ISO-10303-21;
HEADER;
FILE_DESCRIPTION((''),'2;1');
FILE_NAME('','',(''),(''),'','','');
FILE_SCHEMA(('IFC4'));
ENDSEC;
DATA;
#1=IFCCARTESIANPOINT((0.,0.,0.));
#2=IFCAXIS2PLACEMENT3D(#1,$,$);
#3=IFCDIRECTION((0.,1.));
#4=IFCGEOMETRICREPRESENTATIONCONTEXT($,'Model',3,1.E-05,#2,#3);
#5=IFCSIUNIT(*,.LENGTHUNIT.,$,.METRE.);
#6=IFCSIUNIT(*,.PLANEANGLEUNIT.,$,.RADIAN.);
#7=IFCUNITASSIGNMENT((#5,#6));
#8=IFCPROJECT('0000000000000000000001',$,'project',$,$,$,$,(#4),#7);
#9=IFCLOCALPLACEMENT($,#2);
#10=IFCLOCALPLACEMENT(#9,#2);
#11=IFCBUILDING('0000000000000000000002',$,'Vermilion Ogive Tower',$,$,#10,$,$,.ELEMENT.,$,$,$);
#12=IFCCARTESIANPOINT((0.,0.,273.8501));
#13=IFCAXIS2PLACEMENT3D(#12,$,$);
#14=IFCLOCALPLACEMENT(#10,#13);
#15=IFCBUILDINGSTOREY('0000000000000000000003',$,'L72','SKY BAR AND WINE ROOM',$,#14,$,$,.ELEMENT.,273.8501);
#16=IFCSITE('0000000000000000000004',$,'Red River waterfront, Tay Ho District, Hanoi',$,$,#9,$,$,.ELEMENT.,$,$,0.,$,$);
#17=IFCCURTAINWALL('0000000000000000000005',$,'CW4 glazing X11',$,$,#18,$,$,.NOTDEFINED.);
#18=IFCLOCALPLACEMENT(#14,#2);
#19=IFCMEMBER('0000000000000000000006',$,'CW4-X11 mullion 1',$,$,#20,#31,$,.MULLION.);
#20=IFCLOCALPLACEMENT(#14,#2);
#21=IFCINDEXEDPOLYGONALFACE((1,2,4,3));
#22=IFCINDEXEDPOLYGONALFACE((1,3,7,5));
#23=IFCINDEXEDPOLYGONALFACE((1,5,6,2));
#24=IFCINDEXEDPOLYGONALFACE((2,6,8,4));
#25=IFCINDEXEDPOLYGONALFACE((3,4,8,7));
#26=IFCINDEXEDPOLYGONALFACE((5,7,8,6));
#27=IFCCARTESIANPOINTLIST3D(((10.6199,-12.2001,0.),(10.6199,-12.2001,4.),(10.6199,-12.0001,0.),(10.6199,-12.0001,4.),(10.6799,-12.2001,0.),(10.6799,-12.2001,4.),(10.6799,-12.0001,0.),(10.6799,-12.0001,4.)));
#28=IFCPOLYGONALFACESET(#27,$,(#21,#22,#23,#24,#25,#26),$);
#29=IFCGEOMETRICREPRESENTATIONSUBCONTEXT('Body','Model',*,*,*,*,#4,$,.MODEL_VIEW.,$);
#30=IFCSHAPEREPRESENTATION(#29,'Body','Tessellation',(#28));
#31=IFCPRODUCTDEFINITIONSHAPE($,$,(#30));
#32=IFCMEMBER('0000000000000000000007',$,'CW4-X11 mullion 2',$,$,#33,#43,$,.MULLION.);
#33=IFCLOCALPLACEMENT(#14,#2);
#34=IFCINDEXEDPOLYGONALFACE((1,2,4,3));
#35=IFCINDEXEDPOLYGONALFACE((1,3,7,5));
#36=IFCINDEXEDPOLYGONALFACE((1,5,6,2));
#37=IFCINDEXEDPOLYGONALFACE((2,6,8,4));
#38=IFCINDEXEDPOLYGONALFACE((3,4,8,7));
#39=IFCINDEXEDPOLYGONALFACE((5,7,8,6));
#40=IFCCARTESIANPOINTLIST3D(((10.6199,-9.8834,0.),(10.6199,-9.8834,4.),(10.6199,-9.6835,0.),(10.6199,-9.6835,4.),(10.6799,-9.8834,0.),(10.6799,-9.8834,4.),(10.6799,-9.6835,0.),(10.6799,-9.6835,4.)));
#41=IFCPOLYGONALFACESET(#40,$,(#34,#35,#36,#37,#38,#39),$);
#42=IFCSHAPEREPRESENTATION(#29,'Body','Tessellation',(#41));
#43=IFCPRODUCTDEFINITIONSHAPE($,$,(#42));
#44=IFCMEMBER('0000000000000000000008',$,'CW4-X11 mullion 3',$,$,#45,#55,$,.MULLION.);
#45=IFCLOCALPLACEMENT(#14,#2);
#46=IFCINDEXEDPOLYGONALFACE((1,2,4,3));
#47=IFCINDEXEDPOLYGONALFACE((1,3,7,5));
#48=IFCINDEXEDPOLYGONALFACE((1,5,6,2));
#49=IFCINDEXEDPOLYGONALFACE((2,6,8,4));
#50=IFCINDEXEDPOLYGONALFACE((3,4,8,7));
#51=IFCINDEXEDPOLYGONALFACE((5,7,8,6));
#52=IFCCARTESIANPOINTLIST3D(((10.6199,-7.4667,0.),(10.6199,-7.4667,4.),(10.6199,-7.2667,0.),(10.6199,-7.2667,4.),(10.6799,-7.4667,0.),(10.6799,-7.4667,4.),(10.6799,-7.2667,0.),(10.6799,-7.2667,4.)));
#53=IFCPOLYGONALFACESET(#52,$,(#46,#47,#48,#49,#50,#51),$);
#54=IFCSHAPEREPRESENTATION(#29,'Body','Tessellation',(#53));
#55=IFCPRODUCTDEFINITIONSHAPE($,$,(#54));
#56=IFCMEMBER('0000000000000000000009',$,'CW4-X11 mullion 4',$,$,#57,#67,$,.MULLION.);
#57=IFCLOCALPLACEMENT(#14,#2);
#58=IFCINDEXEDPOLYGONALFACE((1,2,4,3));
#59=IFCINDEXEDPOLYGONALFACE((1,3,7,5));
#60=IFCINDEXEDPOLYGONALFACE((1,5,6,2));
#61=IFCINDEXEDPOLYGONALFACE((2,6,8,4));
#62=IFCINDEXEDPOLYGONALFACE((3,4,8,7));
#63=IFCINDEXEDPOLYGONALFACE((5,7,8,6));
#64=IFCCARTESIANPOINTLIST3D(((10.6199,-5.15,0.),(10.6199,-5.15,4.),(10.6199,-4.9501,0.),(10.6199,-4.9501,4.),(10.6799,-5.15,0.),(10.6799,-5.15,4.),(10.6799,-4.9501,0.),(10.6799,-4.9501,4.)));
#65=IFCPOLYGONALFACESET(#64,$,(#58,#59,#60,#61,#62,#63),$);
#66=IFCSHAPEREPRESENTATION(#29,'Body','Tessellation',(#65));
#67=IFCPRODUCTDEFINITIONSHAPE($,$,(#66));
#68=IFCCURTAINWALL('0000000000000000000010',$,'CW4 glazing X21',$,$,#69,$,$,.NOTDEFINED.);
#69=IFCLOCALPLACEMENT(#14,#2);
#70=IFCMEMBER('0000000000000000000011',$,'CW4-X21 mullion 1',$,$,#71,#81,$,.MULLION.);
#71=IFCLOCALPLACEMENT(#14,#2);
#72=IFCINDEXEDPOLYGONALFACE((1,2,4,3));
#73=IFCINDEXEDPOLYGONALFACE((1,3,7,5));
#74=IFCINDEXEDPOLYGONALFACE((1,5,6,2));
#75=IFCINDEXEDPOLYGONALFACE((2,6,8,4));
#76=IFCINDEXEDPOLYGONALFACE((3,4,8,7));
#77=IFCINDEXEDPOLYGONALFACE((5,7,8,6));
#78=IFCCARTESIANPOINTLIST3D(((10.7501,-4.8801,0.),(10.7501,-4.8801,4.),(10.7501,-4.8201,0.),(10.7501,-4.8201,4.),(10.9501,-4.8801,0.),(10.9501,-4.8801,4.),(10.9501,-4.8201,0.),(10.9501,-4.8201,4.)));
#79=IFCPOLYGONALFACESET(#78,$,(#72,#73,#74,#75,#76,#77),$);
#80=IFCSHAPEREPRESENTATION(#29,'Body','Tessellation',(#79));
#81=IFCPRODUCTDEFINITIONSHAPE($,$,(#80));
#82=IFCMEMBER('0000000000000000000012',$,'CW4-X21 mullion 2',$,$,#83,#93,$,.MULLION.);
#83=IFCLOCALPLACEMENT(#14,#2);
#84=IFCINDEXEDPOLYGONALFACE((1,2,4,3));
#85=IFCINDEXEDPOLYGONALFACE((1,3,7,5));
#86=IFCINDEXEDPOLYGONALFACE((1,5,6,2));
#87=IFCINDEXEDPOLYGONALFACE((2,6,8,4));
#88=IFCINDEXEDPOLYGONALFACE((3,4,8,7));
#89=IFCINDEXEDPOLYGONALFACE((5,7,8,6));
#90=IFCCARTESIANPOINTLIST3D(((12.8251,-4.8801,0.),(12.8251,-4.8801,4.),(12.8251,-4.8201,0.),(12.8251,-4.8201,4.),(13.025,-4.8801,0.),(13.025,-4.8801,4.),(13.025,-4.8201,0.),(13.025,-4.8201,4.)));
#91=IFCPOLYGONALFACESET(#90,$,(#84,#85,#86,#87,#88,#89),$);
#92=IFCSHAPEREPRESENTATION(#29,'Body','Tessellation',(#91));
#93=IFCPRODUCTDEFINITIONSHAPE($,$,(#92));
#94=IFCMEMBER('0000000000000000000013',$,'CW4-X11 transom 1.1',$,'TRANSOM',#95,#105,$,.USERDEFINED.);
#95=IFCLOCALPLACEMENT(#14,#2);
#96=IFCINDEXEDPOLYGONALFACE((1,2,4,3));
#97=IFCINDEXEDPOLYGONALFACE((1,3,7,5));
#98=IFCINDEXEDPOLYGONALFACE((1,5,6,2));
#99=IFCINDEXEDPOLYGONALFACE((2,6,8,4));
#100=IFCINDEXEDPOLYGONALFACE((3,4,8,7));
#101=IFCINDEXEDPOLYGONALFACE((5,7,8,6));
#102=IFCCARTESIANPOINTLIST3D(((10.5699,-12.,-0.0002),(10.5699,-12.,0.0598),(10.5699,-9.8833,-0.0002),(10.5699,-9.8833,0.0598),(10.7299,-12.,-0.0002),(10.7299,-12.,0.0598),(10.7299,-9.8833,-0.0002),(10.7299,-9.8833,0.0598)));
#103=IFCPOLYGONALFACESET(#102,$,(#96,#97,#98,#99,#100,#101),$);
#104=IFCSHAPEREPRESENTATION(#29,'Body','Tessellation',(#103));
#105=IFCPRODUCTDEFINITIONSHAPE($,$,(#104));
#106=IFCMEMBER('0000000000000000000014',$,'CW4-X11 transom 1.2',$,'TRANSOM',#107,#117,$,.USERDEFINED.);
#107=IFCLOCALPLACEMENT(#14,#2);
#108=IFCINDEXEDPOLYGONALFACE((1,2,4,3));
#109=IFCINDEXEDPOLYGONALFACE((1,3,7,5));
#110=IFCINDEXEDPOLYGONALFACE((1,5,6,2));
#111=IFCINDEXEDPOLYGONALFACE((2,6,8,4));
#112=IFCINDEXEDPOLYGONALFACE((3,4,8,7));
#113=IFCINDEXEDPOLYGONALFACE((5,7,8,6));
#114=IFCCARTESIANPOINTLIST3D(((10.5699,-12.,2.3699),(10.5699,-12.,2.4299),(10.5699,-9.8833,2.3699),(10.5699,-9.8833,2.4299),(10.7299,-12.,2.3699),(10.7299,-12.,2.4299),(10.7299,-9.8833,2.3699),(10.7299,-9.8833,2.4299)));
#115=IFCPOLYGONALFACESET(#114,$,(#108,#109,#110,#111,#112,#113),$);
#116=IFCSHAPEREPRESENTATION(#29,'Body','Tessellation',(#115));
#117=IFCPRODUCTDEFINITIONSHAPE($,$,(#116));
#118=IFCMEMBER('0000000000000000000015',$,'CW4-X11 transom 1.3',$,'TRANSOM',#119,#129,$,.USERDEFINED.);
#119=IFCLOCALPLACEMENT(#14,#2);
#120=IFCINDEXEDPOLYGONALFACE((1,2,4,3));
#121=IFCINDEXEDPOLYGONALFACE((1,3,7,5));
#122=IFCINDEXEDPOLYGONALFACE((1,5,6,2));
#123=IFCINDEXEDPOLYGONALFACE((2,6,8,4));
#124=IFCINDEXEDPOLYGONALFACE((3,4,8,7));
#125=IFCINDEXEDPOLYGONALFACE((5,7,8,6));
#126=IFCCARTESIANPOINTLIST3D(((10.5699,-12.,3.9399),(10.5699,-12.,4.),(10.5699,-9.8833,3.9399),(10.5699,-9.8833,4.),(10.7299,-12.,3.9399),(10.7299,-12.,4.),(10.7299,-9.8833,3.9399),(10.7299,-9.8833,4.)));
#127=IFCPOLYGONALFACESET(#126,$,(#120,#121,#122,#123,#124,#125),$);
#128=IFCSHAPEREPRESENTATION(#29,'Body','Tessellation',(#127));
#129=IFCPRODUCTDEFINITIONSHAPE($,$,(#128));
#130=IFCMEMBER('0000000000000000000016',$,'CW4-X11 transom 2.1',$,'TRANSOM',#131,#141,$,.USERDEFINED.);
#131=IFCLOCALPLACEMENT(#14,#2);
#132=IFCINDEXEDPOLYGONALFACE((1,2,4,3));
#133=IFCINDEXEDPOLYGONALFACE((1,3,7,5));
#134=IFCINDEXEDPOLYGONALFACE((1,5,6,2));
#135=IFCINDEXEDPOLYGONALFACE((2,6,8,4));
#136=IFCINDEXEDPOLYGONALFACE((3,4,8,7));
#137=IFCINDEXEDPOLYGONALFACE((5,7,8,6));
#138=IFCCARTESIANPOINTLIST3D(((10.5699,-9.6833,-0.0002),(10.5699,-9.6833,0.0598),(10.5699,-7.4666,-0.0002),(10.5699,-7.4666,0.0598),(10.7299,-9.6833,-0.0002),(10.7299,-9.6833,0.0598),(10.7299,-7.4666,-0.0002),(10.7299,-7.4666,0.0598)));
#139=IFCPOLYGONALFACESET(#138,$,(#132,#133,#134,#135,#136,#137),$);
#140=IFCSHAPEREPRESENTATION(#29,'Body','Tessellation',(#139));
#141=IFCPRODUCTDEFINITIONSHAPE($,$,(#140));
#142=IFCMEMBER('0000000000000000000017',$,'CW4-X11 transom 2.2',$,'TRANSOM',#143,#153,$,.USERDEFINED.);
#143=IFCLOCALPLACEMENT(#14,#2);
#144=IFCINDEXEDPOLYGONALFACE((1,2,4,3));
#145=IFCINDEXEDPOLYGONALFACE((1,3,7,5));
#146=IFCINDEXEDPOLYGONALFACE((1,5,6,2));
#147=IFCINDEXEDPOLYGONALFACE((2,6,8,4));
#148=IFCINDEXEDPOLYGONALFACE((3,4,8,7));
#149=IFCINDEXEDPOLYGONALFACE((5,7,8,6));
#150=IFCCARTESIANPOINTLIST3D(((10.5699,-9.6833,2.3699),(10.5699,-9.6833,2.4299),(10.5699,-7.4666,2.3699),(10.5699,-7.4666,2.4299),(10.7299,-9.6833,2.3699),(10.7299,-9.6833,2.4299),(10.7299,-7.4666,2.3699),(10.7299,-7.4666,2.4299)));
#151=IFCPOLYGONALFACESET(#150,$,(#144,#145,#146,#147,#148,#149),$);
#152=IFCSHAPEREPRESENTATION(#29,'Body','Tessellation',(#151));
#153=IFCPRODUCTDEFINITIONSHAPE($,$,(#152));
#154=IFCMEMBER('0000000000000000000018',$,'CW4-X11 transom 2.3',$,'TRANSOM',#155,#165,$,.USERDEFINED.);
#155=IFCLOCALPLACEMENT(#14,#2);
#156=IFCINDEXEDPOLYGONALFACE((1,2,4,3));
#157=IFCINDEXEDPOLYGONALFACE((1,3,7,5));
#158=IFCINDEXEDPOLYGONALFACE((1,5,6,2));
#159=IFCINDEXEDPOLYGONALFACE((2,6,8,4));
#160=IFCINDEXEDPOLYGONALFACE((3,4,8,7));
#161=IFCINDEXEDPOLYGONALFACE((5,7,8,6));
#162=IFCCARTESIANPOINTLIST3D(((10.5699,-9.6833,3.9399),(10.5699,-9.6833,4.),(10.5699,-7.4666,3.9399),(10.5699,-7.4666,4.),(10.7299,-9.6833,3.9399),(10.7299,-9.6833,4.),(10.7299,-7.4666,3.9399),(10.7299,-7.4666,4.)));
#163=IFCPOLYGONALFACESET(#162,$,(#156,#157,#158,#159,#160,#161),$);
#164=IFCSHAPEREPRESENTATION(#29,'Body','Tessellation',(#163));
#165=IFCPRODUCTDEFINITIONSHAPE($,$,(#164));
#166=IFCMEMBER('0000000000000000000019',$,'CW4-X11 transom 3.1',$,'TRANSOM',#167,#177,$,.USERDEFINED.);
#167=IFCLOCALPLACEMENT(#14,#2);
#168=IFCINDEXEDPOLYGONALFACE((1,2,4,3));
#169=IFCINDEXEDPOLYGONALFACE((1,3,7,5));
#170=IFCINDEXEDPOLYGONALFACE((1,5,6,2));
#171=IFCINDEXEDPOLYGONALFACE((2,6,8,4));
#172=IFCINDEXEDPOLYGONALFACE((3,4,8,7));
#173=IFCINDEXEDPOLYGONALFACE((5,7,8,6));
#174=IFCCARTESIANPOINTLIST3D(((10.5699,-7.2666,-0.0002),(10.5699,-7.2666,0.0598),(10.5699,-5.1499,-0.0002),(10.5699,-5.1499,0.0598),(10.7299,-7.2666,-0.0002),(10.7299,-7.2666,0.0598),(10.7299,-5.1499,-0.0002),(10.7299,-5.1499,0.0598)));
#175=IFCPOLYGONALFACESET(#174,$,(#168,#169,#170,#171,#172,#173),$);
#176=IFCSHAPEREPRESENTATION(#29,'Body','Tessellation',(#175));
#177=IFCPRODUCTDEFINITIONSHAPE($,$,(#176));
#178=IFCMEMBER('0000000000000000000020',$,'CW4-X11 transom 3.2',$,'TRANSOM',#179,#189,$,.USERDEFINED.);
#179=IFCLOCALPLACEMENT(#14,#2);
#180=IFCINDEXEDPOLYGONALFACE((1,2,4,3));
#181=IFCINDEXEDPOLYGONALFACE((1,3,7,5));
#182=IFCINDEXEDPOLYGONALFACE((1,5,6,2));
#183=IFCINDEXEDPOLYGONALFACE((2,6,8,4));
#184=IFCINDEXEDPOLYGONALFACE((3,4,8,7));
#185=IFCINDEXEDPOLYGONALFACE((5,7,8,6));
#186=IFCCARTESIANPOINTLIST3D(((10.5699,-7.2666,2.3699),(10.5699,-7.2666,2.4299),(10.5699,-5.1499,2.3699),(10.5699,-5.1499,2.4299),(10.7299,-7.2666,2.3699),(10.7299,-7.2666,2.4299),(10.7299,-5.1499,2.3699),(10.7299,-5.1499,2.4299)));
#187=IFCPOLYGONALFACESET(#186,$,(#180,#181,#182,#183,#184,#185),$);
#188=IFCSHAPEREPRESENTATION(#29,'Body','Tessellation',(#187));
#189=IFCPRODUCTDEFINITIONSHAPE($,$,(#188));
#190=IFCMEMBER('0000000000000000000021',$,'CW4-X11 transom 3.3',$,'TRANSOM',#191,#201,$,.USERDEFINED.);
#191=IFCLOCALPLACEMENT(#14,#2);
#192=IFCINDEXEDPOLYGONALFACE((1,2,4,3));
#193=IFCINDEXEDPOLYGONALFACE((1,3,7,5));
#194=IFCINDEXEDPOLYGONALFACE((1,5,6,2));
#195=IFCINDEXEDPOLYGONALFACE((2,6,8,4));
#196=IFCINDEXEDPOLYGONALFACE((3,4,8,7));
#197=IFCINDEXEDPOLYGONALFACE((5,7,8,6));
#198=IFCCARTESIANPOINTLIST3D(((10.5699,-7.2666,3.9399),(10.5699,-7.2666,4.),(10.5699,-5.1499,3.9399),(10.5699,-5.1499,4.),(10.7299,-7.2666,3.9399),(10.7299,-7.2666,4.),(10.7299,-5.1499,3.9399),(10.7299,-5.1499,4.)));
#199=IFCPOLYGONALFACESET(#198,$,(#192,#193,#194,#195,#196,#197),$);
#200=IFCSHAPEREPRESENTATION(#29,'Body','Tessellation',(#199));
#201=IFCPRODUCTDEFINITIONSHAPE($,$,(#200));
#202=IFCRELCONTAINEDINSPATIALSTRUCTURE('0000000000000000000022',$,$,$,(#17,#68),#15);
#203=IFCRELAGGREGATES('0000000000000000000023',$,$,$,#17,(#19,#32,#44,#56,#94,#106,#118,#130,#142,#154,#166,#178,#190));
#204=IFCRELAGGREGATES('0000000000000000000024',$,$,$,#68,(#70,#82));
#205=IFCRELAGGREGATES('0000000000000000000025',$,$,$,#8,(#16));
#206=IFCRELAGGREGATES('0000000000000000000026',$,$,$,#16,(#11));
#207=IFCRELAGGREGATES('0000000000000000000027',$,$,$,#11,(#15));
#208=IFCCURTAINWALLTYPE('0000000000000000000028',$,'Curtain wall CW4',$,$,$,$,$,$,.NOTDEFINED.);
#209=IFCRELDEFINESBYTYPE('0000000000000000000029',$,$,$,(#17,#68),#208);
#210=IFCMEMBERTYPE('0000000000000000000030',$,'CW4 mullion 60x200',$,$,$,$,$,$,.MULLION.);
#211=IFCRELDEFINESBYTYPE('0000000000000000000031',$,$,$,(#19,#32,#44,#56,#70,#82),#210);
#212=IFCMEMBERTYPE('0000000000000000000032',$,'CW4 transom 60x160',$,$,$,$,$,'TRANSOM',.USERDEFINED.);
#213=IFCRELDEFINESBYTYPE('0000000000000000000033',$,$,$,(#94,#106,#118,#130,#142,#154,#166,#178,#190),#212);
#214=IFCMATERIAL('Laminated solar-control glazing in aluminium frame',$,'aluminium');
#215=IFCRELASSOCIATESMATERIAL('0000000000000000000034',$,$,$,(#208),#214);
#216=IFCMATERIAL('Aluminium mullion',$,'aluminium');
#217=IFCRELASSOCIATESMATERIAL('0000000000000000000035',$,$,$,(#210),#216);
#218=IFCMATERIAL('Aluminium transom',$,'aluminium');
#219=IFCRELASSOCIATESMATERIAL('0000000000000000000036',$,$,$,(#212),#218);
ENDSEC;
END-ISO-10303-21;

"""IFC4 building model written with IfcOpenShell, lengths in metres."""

from ifc_helpers import new_model, si_unit, direction, frame, origin, origin_2d, place, context, subcontext, project, spatial, rectangle, extrude, material, material_profile, profile_set, type_object, element, aggregate, save


model = new_model("IFC4")

# Units and contexts
model_context = context("Model", 3, precision=1e-05, world=origin(), true_north=direction((0.0, 1.0)))
body_context = subcontext(model_context, "Body", "Model", "MODEL_VIEW")
ifc_project = project(units=[si_unit("LENGTHUNIT", "METRE"), si_unit("PLANEANGLEUNIT", "RADIAN")], contexts=[model_context])

# Site, building, storey
site_placement = place(None, origin())
site = spatial("IfcSite", under=ifc_project, at=site_placement, Name="Red River waterfront, Tay Ho District, Hanoi", CompositionType="ELEMENT", RefElevation=0.0)
building_placement = place(site_placement, origin())
building = spatial("IfcBuilding", under=site, at=building_placement, Name="Vermilion Ogive Tower", CompositionType="ELEMENT")
storey_placement = place(building_placement, frame((0.0, 0.0, 273.8501)))
storey = spatial("IfcBuildingStorey", under=building, at=storey_placement, Name="L72", Description="SKY BAR AND WINE ROOM", CompositionType="ELEMENT", Elevation=273.8501)

# Curtain walls, members
ifc_material_1 = material(Name="Laminated solar-control glazing in aluminium frame", Category="aluminium")
curtain_wall_type = type_object("IfcCurtainWallType", Name="Curtain wall CW4", PredefinedType="NOTDEFINED", material=ifc_material_1)
curtain_wall_1_placement = place(storey_placement, origin())
curtain_wall_1 = element("IfcCurtainWall", 1, at=curtain_wall_1_placement, inside=storey, type_object=curtain_wall_type, Name="CW4 glazing X11", PredefinedType="NOTDEFINED")
ifc_material_2 = material(Name="Aluminium mullion", Category="aluminium")
ifc_material_profile_1 = material_profile(ifc_material_2, rectangle(XDim=0.0601, YDim=0.2, at=origin_2d()), Name="AL 60x200")
ifc_profile_set_1 = profile_set([ifc_material_profile_1], Name="Aluminium mullion")
member_type_1 = type_object("IfcMemberType", Name="CW4 mullion 60x200", PredefinedType="MULLION", material=ifc_profile_set_1)
member_1_placement = place(storey_placement, frame((10.6499, -12.1001, 0.0), z_axis=(0.0, 0.0, 1.0), x_axis=(-1.0, 0.0, 0.0)))
member_1 = element("IfcMember", 2, at=member_1_placement, type_object=member_type_1, Name="CW4-X11 mullion 1", PredefinedType="MULLION", context=body_context, shape_type="SweptSolid", body=[
    extrude(rectangle(XDim=0.0601, YDim=0.2, at=origin_2d()), origin(), (0.0, 0.0, 1.0), 4.0),
])
member_2_placement = place(storey_placement, frame((10.6499, -9.7834, 0.0), z_axis=(0.0, 0.0, 1.0), x_axis=(-1.0, 0.0, 0.0)))
member_2 = element("IfcMember", 3, at=member_2_placement, type_object=member_type_1, Name="CW4-X11 mullion 2", PredefinedType="MULLION", context=body_context, shape_type="SweptSolid", body=[
    extrude(rectangle(XDim=0.0601, YDim=0.2, at=origin_2d()), origin(), (0.0, 0.0, 1.0), 4.0),
])
member_3_placement = place(storey_placement, frame((10.6499, -7.3667, 0.0), z_axis=(0.0, 0.0, 1.0), x_axis=(-1.0, 0.0, 0.0)))
member_3 = element("IfcMember", 4, at=member_3_placement, type_object=member_type_1, Name="CW4-X11 mullion 3", PredefinedType="MULLION", context=body_context, shape_type="SweptSolid", body=[
    extrude(rectangle(XDim=0.0601, YDim=0.2, at=origin_2d()), origin(), (0.0, 0.0, 1.0), 4.0),
])
member_4_placement = place(storey_placement, frame((10.6499, -5.05, 0.0), z_axis=(0.0, 0.0, 1.0), x_axis=(-1.0, 0.0, 0.0)))
member_4 = element("IfcMember", 5, at=member_4_placement, type_object=member_type_1, Name="CW4-X11 mullion 4", PredefinedType="MULLION", context=body_context, shape_type="SweptSolid", body=[
    extrude(rectangle(XDim=0.0601, YDim=0.2, at=origin_2d()), origin(), (0.0, 0.0, 1.0), 4.0),
])
curtain_wall_2_placement = place(storey_placement, origin())
curtain_wall_2 = element("IfcCurtainWall", 6, at=curtain_wall_2_placement, inside=storey, type_object=curtain_wall_type, Name="CW4 glazing X21", PredefinedType="NOTDEFINED")
member_5_placement = place(storey_placement, frame((10.8501, -4.8501, 0.0), z_axis=(0.0, 0.0, 1.0), x_axis=(0.0, 1.0, 0.0)))
member_5 = element("IfcMember", 7, at=member_5_placement, type_object=member_type_1, Name="CW4-X21 mullion 1", PredefinedType="MULLION", context=body_context, shape_type="SweptSolid", body=[
    extrude(rectangle(XDim=0.0601, YDim=0.2, at=origin_2d()), origin(), (0.0, 0.0, 1.0), 4.0),
])
member_6_placement = place(storey_placement, frame((12.925, -4.8501, 0.0), z_axis=(0.0, 0.0, 1.0), x_axis=(0.0, 1.0, 0.0)))
member_6 = element("IfcMember", 8, at=member_6_placement, type_object=member_type_1, Name="CW4-X21 mullion 2", PredefinedType="MULLION", context=body_context, shape_type="SweptSolid", body=[
    extrude(rectangle(XDim=0.0601, YDim=0.2, at=origin_2d()), origin(), (0.0, 0.0, 1.0), 4.0),
])

# Members
ifc_material_3 = material(Name="Aluminium transom", Category="aluminium")
ifc_material_profile_2 = material_profile(ifc_material_3, rectangle(XDim=0.1599, YDim=0.0601, at=origin_2d()), Name="AL 60x160")
ifc_profile_set_2 = profile_set([ifc_material_profile_2], Name="Aluminium transom")
member_type_2 = type_object("IfcMemberType", Name="CW4 transom 60x160", ElementType="TRANSOM", PredefinedType="USERDEFINED", material=ifc_profile_set_2)
member_7_placement = place(storey_placement, frame((10.6499, -12.0, 0.0298), z_axis=(0.0, 1.0, 0.0), x_axis=(-1.0, 0.0, 0.0)))
member_7 = element("IfcMember", 9, at=member_7_placement, type_object=member_type_2, Name="CW4-X11 transom 1.1", ObjectType="TRANSOM", PredefinedType="USERDEFINED", context=body_context, shape_type="SweptSolid", body=[
    extrude(rectangle(XDim=0.1599, YDim=0.0601, at=origin_2d()), origin(), (0.0, 0.0, 1.0), 2.1167),
])
member_8_placement = place(storey_placement, frame((10.6499, -12.0, 2.3999), z_axis=(0.0, 1.0, 0.0), x_axis=(-1.0, 0.0, 0.0)))
member_8 = element("IfcMember", 10, at=member_8_placement, type_object=member_type_2, Name="CW4-X11 transom 1.2", ObjectType="TRANSOM", PredefinedType="USERDEFINED", context=body_context, shape_type="SweptSolid", body=[
    extrude(rectangle(XDim=0.1599, YDim=0.0601, at=origin_2d()), origin(), (0.0, 0.0, 1.0), 2.1167),
])
member_9_placement = place(storey_placement, frame((10.6499, -12.0, 3.97), z_axis=(0.0, 1.0, 0.0), x_axis=(-1.0, 0.0, 0.0)))
member_9 = element("IfcMember", 11, at=member_9_placement, type_object=member_type_2, Name="CW4-X11 transom 1.3", ObjectType="TRANSOM", PredefinedType="USERDEFINED", context=body_context, shape_type="SweptSolid", body=[
    extrude(rectangle(XDim=0.1599, YDim=0.0601, at=origin_2d()), origin(), (0.0, 0.0, 1.0), 2.1167),
])
member_10_placement = place(storey_placement, frame((10.6499, -9.6833, 0.0298), z_axis=(0.0, 1.0, 0.0), x_axis=(-1.0, 0.0, 0.0)))
member_10 = element("IfcMember", 12, at=member_10_placement, type_object=member_type_2, Name="CW4-X11 transom 2.1", ObjectType="TRANSOM", PredefinedType="USERDEFINED", context=body_context, shape_type="SweptSolid", body=[
    extrude(rectangle(XDim=0.1599, YDim=0.0601, at=origin_2d()), origin(), (0.0, 0.0, 1.0), 2.2168),
])
member_11_placement = place(storey_placement, frame((10.6499, -9.6833, 2.3999), z_axis=(0.0, 1.0, 0.0), x_axis=(-1.0, 0.0, 0.0)))
member_11 = element("IfcMember", 13, at=member_11_placement, type_object=member_type_2, Name="CW4-X11 transom 2.2", ObjectType="TRANSOM", PredefinedType="USERDEFINED", context=body_context, shape_type="SweptSolid", body=[
    extrude(rectangle(XDim=0.1599, YDim=0.0601, at=origin_2d()), origin(), (0.0, 0.0, 1.0), 2.2168),
])
member_12_placement = place(storey_placement, frame((10.6499, -9.6833, 3.97), z_axis=(0.0, 1.0, 0.0), x_axis=(-1.0, 0.0, 0.0)))
member_12 = element("IfcMember", 14, at=member_12_placement, type_object=member_type_2, Name="CW4-X11 transom 2.3", ObjectType="TRANSOM", PredefinedType="USERDEFINED", context=body_context, shape_type="SweptSolid", body=[
    extrude(rectangle(XDim=0.1599, YDim=0.0601, at=origin_2d()), origin(), (0.0, 0.0, 1.0), 2.2168),
])
member_13_placement = place(storey_placement, frame((10.6499, -7.2666, 0.0298), z_axis=(0.0, 1.0, 0.0), x_axis=(-1.0, 0.0, 0.0)))
member_13 = element("IfcMember", 15, at=member_13_placement, type_object=member_type_2, Name="CW4-X11 transom 3.1", ObjectType="TRANSOM", PredefinedType="USERDEFINED", context=body_context, shape_type="SweptSolid", body=[
    extrude(rectangle(XDim=0.1599, YDim=0.0601, at=origin_2d()), origin(), (0.0, 0.0, 1.0), 2.1167),
])
member_14_placement = place(storey_placement, frame((10.6499, -7.2666, 2.3999), z_axis=(0.0, 1.0, 0.0), x_axis=(-1.0, 0.0, 0.0)))
member_14 = element("IfcMember", 16, at=member_14_placement, type_object=member_type_2, Name="CW4-X11 transom 3.2", ObjectType="TRANSOM", PredefinedType="USERDEFINED", context=body_context, shape_type="SweptSolid", body=[
    extrude(rectangle(XDim=0.1599, YDim=0.0601, at=origin_2d()), origin(), (0.0, 0.0, 1.0), 2.1167),
])
member_15_placement = place(storey_placement, frame((10.6499, -7.2666, 3.97), z_axis=(0.0, 1.0, 0.0), x_axis=(-1.0, 0.0, 0.0)))
member_15 = element("IfcMember", 17, at=member_15_placement, type_object=member_type_2, Name="CW4-X11 transom 3.3", ObjectType="TRANSOM", PredefinedType="USERDEFINED", context=body_context, shape_type="SweptSolid", body=[
    extrude(rectangle(XDim=0.1599, YDim=0.0601, at=origin_2d()), origin(), (0.0, 0.0, 1.0), 2.1167),
])

aggregate(curtain_wall_1, [member_1, member_2, member_3, member_4, member_7, member_8, member_9, member_10, member_11, member_12, member_13, member_14, member_15])
aggregate(curtain_wall_2, [member_5, member_6])

save(model, "model.ifc")
